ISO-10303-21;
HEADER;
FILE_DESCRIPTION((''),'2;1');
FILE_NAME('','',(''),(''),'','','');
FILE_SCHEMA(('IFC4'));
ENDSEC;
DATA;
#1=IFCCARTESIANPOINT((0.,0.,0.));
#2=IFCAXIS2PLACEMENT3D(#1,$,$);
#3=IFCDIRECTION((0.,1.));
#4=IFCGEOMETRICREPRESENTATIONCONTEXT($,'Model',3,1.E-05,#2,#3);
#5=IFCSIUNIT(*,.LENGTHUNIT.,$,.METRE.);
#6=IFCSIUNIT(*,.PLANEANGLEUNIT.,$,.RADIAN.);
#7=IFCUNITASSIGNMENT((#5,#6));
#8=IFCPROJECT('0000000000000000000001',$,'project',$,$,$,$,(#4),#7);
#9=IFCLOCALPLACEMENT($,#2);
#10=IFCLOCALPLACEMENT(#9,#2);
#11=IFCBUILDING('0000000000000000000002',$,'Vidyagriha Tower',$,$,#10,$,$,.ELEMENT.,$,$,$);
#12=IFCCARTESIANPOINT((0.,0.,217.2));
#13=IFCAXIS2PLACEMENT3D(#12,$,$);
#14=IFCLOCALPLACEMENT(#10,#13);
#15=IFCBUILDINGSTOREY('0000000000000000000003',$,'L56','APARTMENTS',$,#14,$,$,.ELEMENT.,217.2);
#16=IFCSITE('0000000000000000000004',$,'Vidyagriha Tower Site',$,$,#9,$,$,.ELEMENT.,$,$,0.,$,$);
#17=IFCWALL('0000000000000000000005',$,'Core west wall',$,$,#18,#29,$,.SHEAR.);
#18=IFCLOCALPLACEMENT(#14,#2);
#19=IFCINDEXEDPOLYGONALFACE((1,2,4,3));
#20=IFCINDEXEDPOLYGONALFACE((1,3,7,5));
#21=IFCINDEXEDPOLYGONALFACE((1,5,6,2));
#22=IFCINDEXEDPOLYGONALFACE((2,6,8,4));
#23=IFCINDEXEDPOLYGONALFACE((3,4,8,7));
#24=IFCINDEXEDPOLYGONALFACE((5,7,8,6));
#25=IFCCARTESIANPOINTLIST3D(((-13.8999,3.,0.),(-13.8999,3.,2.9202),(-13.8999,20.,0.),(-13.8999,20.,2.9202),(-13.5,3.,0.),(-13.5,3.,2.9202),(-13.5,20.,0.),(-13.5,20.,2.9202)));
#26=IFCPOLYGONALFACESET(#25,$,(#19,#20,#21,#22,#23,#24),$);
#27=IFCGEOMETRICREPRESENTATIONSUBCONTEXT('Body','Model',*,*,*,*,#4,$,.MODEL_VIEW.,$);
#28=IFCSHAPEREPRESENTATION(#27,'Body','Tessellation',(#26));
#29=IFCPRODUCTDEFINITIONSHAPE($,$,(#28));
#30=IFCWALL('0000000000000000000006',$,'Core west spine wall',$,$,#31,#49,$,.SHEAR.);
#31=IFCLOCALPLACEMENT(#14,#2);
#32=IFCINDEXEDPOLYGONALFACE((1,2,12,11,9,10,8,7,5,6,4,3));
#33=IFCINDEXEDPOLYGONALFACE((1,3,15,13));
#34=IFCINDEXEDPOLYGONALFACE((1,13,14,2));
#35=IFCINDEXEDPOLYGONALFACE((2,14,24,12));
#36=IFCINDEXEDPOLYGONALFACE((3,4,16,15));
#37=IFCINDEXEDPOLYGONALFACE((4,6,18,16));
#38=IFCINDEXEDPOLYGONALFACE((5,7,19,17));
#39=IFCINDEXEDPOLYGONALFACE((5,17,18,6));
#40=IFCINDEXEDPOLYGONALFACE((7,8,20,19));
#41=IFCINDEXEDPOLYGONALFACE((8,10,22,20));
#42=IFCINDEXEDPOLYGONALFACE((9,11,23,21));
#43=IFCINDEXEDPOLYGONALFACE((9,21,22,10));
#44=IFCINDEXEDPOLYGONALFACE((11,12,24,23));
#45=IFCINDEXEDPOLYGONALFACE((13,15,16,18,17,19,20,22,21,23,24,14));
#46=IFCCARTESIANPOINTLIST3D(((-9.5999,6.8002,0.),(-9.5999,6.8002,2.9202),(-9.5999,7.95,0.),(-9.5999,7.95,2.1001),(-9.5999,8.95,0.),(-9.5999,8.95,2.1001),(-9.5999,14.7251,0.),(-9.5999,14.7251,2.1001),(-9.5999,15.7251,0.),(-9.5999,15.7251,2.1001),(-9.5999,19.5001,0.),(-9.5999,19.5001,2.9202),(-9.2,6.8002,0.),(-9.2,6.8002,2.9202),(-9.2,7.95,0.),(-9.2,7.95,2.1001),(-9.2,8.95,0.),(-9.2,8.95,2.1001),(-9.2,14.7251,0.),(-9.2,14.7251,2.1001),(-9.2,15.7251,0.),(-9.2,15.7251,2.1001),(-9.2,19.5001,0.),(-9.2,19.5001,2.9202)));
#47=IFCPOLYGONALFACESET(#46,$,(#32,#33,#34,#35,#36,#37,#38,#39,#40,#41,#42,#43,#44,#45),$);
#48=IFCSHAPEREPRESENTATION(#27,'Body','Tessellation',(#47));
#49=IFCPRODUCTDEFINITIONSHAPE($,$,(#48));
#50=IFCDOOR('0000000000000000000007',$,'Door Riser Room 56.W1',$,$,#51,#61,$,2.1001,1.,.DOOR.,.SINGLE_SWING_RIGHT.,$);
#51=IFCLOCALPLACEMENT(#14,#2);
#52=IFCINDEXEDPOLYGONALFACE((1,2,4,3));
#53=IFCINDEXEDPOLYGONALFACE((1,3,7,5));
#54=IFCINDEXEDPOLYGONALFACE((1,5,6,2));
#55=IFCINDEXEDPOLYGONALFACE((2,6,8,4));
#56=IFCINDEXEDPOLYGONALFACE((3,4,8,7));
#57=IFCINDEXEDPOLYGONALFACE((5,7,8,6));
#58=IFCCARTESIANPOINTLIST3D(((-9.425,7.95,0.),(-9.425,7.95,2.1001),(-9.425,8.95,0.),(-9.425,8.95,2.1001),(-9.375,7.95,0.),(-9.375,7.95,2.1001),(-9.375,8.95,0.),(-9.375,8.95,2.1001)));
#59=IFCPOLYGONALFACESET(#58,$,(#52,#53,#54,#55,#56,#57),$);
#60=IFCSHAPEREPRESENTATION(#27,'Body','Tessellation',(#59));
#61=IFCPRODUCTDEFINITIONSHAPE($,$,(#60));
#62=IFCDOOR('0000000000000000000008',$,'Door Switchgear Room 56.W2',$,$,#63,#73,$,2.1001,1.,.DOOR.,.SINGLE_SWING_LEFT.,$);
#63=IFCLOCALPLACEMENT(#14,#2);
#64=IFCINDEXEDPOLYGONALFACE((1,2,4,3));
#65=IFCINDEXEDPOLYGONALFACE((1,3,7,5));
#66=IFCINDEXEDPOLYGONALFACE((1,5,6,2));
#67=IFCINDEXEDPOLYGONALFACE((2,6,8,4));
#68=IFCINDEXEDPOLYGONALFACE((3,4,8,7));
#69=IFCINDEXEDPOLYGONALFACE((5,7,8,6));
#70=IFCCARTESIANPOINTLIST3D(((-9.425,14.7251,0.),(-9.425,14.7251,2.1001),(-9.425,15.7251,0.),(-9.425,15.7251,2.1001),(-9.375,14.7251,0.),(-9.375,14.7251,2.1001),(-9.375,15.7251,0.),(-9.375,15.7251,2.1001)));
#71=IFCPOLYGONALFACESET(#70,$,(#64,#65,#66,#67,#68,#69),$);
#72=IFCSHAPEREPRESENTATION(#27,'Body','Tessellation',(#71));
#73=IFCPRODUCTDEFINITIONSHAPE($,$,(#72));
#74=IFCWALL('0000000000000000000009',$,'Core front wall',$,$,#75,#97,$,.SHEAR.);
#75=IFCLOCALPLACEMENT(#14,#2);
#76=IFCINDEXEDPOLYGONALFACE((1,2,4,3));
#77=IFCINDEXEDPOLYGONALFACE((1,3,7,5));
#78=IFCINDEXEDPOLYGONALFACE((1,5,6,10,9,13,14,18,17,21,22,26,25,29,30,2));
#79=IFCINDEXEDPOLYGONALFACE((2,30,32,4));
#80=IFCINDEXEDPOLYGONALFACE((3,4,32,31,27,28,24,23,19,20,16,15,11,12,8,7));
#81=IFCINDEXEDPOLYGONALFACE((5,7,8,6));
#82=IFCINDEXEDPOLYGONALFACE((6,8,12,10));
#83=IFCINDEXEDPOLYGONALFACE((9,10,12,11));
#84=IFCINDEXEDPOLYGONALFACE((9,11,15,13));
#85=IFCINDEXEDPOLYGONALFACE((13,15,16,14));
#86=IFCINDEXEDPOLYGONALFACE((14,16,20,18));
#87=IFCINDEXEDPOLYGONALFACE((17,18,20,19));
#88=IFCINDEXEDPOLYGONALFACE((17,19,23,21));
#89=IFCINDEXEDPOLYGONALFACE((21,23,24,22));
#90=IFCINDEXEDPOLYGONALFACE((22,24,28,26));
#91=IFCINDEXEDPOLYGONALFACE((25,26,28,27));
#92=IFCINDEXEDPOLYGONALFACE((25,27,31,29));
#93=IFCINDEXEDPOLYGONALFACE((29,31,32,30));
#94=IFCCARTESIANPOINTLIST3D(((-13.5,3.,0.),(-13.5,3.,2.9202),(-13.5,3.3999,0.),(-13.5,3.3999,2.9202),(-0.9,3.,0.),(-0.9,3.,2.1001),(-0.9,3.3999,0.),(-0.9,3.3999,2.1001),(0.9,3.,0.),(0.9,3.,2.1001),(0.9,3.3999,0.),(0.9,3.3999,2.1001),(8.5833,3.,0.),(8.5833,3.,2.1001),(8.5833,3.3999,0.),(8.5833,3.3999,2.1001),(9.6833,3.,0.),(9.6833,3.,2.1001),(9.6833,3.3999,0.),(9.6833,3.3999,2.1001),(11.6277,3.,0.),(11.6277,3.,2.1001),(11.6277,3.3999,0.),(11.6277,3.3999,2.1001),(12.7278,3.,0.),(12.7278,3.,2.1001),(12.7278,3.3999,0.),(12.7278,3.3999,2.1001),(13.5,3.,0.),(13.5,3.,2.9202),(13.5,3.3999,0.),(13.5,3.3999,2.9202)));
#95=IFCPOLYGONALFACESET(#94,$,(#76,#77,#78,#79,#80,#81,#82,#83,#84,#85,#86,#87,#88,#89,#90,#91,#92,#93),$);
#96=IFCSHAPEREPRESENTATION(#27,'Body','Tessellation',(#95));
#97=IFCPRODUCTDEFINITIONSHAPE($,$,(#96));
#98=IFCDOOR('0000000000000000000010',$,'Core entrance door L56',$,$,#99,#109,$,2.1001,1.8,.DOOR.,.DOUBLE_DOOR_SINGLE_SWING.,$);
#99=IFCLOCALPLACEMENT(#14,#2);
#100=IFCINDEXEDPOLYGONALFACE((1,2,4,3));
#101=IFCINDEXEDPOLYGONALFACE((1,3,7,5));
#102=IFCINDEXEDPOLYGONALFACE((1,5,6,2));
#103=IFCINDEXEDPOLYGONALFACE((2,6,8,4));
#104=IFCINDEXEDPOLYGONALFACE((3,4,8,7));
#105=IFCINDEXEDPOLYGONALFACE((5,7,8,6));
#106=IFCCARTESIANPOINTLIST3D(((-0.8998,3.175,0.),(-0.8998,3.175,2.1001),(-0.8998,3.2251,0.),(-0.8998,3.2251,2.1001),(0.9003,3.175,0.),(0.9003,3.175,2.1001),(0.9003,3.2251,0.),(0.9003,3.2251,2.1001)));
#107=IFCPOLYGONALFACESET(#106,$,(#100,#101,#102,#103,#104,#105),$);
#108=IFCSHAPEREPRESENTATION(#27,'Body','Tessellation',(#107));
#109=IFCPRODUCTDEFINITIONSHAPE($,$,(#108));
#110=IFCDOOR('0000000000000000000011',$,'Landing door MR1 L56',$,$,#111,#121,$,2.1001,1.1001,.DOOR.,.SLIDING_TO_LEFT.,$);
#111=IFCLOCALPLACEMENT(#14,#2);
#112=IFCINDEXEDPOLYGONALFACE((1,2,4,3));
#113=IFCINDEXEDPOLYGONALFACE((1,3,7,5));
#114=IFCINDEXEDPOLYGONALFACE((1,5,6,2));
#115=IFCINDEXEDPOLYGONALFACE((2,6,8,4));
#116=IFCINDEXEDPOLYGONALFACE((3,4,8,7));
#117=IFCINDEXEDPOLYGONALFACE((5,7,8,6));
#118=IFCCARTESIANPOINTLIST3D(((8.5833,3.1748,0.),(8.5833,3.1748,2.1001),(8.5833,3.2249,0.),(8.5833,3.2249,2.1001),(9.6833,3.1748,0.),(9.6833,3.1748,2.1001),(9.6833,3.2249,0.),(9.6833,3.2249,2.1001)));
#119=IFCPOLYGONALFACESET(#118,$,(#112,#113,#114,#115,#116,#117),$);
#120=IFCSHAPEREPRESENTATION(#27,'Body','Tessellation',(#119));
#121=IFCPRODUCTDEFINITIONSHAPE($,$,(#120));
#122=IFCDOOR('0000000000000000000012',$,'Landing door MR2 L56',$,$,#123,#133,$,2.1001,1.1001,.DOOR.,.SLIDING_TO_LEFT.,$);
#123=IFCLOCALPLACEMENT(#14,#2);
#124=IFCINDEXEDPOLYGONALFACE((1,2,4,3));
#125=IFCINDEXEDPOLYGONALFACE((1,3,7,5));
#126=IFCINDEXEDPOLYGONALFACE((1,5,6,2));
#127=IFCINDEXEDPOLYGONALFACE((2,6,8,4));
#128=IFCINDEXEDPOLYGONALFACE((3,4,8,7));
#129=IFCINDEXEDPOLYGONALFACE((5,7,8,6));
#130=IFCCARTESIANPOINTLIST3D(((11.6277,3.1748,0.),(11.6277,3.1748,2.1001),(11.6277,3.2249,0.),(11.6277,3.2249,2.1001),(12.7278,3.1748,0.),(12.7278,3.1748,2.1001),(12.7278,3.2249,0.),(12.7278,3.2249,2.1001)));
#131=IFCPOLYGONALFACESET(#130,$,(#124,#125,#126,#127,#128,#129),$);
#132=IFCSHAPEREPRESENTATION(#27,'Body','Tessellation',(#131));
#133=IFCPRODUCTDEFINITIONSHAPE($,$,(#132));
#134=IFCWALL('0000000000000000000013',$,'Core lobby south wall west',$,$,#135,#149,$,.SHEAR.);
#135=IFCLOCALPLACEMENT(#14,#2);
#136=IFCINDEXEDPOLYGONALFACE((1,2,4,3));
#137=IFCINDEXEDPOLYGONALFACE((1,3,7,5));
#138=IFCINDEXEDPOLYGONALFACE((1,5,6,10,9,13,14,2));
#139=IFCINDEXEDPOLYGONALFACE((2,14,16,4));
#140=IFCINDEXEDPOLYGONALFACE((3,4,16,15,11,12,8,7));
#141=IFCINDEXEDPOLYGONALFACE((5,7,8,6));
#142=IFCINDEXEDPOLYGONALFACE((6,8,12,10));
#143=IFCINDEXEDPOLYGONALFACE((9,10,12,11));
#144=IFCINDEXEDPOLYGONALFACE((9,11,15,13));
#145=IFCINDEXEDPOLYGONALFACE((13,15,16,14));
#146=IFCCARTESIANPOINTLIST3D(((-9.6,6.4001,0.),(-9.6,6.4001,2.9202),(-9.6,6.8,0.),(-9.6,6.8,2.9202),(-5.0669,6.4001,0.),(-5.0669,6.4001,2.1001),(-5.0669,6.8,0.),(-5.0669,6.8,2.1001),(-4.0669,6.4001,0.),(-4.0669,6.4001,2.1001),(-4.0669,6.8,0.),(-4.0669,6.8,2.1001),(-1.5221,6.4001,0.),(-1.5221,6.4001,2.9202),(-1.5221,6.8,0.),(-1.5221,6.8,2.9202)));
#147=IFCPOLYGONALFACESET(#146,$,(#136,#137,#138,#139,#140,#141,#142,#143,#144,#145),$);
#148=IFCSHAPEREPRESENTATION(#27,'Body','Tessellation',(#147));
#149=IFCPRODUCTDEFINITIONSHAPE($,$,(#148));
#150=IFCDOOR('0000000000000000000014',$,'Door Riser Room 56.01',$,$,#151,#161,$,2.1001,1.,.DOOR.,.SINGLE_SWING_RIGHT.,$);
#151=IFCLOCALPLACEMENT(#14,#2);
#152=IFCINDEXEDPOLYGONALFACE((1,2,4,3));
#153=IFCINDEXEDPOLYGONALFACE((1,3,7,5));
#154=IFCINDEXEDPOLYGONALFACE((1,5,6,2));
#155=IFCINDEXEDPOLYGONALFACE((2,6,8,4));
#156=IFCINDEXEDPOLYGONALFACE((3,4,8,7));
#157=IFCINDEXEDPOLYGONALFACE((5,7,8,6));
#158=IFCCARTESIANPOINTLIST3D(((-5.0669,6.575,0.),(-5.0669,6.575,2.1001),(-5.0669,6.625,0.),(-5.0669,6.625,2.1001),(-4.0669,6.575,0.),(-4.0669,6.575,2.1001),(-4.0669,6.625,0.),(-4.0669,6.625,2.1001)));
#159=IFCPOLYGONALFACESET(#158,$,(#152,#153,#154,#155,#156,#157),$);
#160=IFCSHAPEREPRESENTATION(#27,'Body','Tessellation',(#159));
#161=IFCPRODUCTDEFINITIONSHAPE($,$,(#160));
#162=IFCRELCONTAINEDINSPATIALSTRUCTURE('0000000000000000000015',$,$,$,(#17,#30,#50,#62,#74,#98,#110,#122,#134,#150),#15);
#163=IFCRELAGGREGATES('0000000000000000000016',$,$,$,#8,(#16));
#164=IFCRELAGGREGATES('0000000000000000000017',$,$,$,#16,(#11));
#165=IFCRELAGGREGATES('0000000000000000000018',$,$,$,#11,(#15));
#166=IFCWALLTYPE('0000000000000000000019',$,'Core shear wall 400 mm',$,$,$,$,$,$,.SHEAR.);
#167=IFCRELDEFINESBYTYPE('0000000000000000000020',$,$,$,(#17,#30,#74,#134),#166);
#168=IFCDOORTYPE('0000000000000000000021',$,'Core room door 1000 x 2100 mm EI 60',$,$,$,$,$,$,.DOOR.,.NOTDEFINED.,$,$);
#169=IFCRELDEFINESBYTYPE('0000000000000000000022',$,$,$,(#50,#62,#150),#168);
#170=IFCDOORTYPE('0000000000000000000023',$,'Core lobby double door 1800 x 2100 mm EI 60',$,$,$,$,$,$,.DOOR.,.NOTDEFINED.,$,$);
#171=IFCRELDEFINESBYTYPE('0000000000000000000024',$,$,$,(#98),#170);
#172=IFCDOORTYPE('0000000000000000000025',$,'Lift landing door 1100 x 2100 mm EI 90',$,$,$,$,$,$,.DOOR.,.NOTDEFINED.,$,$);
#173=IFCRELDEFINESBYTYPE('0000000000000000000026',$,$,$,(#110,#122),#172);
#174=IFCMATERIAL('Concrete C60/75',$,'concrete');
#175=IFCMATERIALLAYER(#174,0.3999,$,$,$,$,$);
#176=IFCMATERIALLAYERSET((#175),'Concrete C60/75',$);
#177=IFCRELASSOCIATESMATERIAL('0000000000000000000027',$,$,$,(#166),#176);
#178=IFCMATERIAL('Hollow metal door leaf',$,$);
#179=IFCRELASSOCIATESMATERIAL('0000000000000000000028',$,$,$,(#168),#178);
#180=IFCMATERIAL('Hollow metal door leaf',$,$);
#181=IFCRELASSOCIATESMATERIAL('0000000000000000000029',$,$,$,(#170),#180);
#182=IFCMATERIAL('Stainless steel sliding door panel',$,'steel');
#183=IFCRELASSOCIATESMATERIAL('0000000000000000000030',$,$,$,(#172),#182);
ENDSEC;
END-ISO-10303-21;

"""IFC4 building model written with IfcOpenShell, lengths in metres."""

from ifc_helpers import new_model, si_unit, direction, frame, frame_2d, origin, place, context, subcontext, project, spatial, rectangle, extrude, material, layer, layer_set, type_object, element, fill, save


model = new_model("IFC4")

# Units and contexts
model_context = context("Model", 3, precision=1e-05, world=origin(), true_north=direction((0.0, 1.0)))
body_context = subcontext(model_context, "Body", "Model", "MODEL_VIEW")
ifc_project = project(units=[si_unit("LENGTHUNIT", "METRE"), si_unit("PLANEANGLEUNIT", "RADIAN")], contexts=[model_context])

# Site, building, storey
site_placement = place(None, origin())
site = spatial("IfcSite", under=ifc_project, at=site_placement, Name="Vidyagriha Tower Site", CompositionType="ELEMENT", RefElevation=0.0)
building_placement = place(site_placement, origin())
building = spatial("IfcBuilding", under=site, at=building_placement, Name="Vidyagriha Tower", CompositionType="ELEMENT")
storey_placement = place(building_placement, frame((0.0, 0.0, 217.2)))
storey = spatial("IfcBuildingStorey", under=building, at=storey_placement, Name="L56", Description="APARTMENTS", CompositionType="ELEMENT", Elevation=217.2)

# Wall
ifc_material_1 = material(Name="Concrete C60/75", Category="concrete")
ifc_layer_1 = layer(ifc_material_1, 0.3999)
ifc_layer_set_1 = layer_set([ifc_layer_1], Name="Concrete C60/75")
wall_type_1 = type_object("IfcWallType", Name="Core shear wall 400 mm", PredefinedType="SHEAR", material=ifc_layer_set_1)
wall_1_placement = place(storey_placement, frame((-13.7, 3.0, 0.0), z_axis=(0.0, 0.0, 1.0), x_axis=(0.0, 1.0, 0.0)))
element("IfcWall", 1, at=wall_1_placement, inside=storey, type_object=wall_type_1, Name="Core west wall", PredefinedType="SHEAR", context=body_context, shape_type="SweptSolid", body=[
    extrude(rectangle(XDim=17.0, YDim=0.3999, at=frame_2d((8.5, 0.0))), origin(), (0.0, 0.0, 1.0), 2.9202),
])

# Walls, openings, doors
wall_2_placement = place(storey_placement, frame((-9.3999, 6.8, 0.0), z_axis=(0.0, 0.0, 1.0), x_axis=(0.0, 1.0, 0.0)))
wall_2 = element("IfcWall", 2, at=wall_2_placement, inside=storey, type_object=wall_type_1, Name="Core west spine wall", PredefinedType="SHEAR", context=body_context, shape_type="SweptSolid", body=[
    extrude(rectangle(XDim=12.7, YDim=0.3999, at=frame_2d((6.3501, 0.0))), origin(), (0.0, 0.0, 1.0), 2.9202),
])
opening_1_placement = place(wall_2_placement, frame((1.1499, 0.0, 0.0)))
opening_1 = element("IfcOpeningElement", 3, at=opening_1_placement, cuts=wall_2, PredefinedType="OPENING", context=body_context, shape_type="SweptSolid", body=[
    extrude(rectangle(XDim=1.0, YDim=2.1001, at=frame_2d((0.5, 1.05))), frame((0.0, 0.21, 0.0), z_axis=(0.0, -1.0, 0.0), x_axis=(1.0, 0.0, 0.0)), (0.0, 0.0, 1.0), 0.4199),
])
opening_2_placement = place(wall_2_placement, frame((7.925, 0.0, 0.0)))
opening_2 = element("IfcOpeningElement", 4, at=opening_2_placement, cuts=wall_2, PredefinedType="OPENING", context=body_context, shape_type="SweptSolid", body=[
    extrude(rectangle(XDim=1.0, YDim=2.1001, at=frame_2d((0.5, 1.05))), frame((0.0, 0.21, 0.0), z_axis=(0.0, -1.0, 0.0), x_axis=(1.0, 0.0, 0.0)), (0.0, 0.0, 1.0), 0.4199),
])
ifc_material_2 = material(Name="Hollow metal door leaf")
door_type_1 = type_object("IfcDoorType", Name="Core room door 1000 x 2100 mm EI 60", OperationType="NOTDEFINED", PredefinedType="DOOR", material=ifc_material_2)
door_1_placement = place(opening_1_placement, frame((1.0, 0.0, 0.0), z_axis=(0.0, 0.0, 1.0), x_axis=(-1.0, 0.0, 0.0)))
door_1 = element("IfcDoor", 5, at=door_1_placement, inside=storey, type_object=door_type_1, Name="Door Riser Room 56.W1", OperationType="SINGLE_SWING_RIGHT", OverallHeight=2.1001, OverallWidth=1.0, PredefinedType="DOOR", context=body_context, shape_type="SweptSolid", body=[
    extrude(rectangle(XDim=1.0, YDim=2.1001, at=frame_2d((0.5, 1.05))), frame((0.0, 0.0249, 0.0), z_axis=(0.0, -1.0, 0.0), x_axis=(1.0, 0.0, 0.0)), (0.0, 0.0, 1.0), 0.05),
])
fill(opening_1, door_1)
door_2_placement = place(opening_2_placement, frame((1.0, 0.0, 0.0), z_axis=(0.0, 0.0, 1.0), x_axis=(-1.0, 0.0, 0.0)))
door_2 = element("IfcDoor", 6, at=door_2_placement, inside=storey, type_object=door_type_1, Name="Door Switchgear Room 56.W2", OperationType="SINGLE_SWING_LEFT", OverallHeight=2.1001, OverallWidth=1.0, PredefinedType="DOOR", context=body_context, shape_type="SweptSolid", body=[
    extrude(rectangle(XDim=1.0, YDim=2.1001, at=frame_2d((0.5, 1.05))), frame((0.0, 0.0249, 0.0), z_axis=(0.0, -1.0, 0.0), x_axis=(1.0, 0.0, 0.0)), (0.0, 0.0, 1.0), 0.05),
])
fill(opening_2, door_2)
wall_3_placement = place(storey_placement, frame((-13.5, 3.2, 0.0)))
wall_3 = element("IfcWall", 7, at=wall_3_placement, inside=storey, type_object=wall_type_1, Name="Core front wall", PredefinedType="SHEAR", context=body_context, shape_type="SweptSolid", body=[
    extrude(rectangle(XDim=27.0, YDim=0.3999, at=frame_2d((13.5, 0.0))), origin(), (0.0, 0.0, 1.0), 2.9202),
])
opening_3_placement = place(wall_3_placement, frame((22.0833, 0.0, 0.0)))
opening_3 = element("IfcOpeningElement", 8, at=opening_3_placement, cuts=wall_3, PredefinedType="OPENING", context=body_context, shape_type="SweptSolid", body=[
    extrude(rectangle(XDim=1.1001, YDim=2.1001, at=frame_2d((0.55, 1.05))), frame((0.0, 0.21, 0.0), z_axis=(0.0, -1.0, 0.0), x_axis=(1.0, 0.0, 0.0)), (0.0, 0.0, 1.0), 0.4199),
])
opening_4_placement = place(wall_3_placement, frame((25.1277, 0.0, 0.0)))
opening_4 = element("IfcOpeningElement", 9, at=opening_4_placement, cuts=wall_3, PredefinedType="OPENING", context=body_context, shape_type="SweptSolid", body=[
    extrude(rectangle(XDim=1.1001, YDim=2.1001, at=frame_2d((0.55, 1.05))), frame((0.0, 0.21, 0.0), z_axis=(0.0, -1.0, 0.0), x_axis=(1.0, 0.0, 0.0)), (0.0, 0.0, 1.0), 0.4199),
])
opening_5_placement = place(wall_3_placement, frame((12.6001, 0.0, 0.0)))
opening_5 = element("IfcOpeningElement", 10, at=opening_5_placement, cuts=wall_3, PredefinedType="OPENING", context=body_context, shape_type="SweptSolid", body=[
    extrude(rectangle(XDim=1.8, YDim=2.1001, at=frame_2d((0.8999, 1.05))), frame((0.0, 0.21, 0.0), z_axis=(0.0, -1.0, 0.0), x_axis=(1.0, 0.0, 0.0)), (0.0, 0.0, 1.0), 0.4199),
])
ifc_material_3 = material(Name="Hollow metal door leaf")
door_type_2 = type_object("IfcDoorType", Name="Core lobby double door 1800 x 2100 mm EI 60", OperationType="NOTDEFINED", PredefinedType="DOOR", material=ifc_material_3)
door_3_placement = place(opening_5_placement, frame((1.8, 0.0, 0.0), z_axis=(0.0, 0.0, 1.0), x_axis=(-1.0, 0.0, 0.0)))
door_3 = element("IfcDoor", 11, at=door_3_placement, inside=storey, type_object=door_type_2, Name="Core entrance door L56", OperationType="DOUBLE_DOOR_SINGLE_SWING", OverallHeight=2.1001, OverallWidth=1.8, PredefinedType="DOOR", context=body_context, shape_type="SweptSolid", body=[
    extrude(rectangle(XDim=1.8, YDim=2.1001, at=frame_2d((0.8999, 1.05))), frame((0.0, 0.0249, 0.0), z_axis=(0.0, -1.0, 0.0), x_axis=(1.0, 0.0, 0.0)), (0.0, 0.0, 1.0), 0.05),
])
fill(opening_5, door_3)
ifc_material_4 = material(Name="Stainless steel sliding door panel", Category="steel")
door_type_3 = type_object("IfcDoorType", Name="Lift landing door 1100 x 2100 mm EI 90", OperationType="NOTDEFINED", PredefinedType="DOOR", material=ifc_material_4)
door_4_placement = place(opening_3_placement, origin())
door_4 = element("IfcDoor", 12, at=door_4_placement, inside=storey, type_object=door_type_3, Name="Landing door MR1 L56", OperationType="SLIDING_TO_LEFT", OverallHeight=2.1001, OverallWidth=1.1001, PredefinedType="DOOR", context=body_context, shape_type="SweptSolid", body=[
    extrude(rectangle(XDim=1.1001, YDim=2.1001, at=frame_2d((0.55, 1.05))), frame((0.0, 0.0249, 0.0), z_axis=(0.0, -1.0, 0.0), x_axis=(1.0, 0.0, 0.0)), (0.0, 0.0, 1.0), 0.05),
])
fill(opening_3, door_4)
door_5_placement = place(opening_4_placement, origin())
door_5 = element("IfcDoor", 13, at=door_5_placement, inside=storey, type_object=door_type_3, Name="Landing door MR2 L56", OperationType="SLIDING_TO_LEFT", OverallHeight=2.1001, OverallWidth=1.1001, PredefinedType="DOOR", context=body_context, shape_type="SweptSolid", body=[
    extrude(rectangle(XDim=1.1001, YDim=2.1001, at=frame_2d((0.55, 1.05))), frame((0.0, 0.0249, 0.0), z_axis=(0.0, -1.0, 0.0), x_axis=(1.0, 0.0, 0.0)), (0.0, 0.0, 1.0), 0.05),
])
fill(opening_4, door_5)

# Wall, opening, door
wall_4_placement = place(storey_placement, frame((-9.6001, 6.6001, 0.0)))
wall_4 = element("IfcWall", 14, at=wall_4_placement, inside=storey, type_object=wall_type_1, Name="Core lobby south wall west", PredefinedType="SHEAR", context=body_context, shape_type="SweptSolid", body=[
    extrude(rectangle(XDim=8.0779, YDim=0.3999, at=frame_2d((4.0391, 0.0))), origin(), (0.0, 0.0, 1.0), 2.9202),
])
opening_6_placement = place(wall_4_placement, frame((4.5332, 0.0, 0.0)))
opening_6 = element("IfcOpeningElement", 15, at=opening_6_placement, cuts=wall_4, PredefinedType="OPENING", context=body_context, shape_type="SweptSolid", body=[
    extrude(rectangle(XDim=1.0, YDim=2.1001, at=frame_2d((0.5, 1.05))), frame((0.0, 0.21, 0.0), z_axis=(0.0, -1.0, 0.0), x_axis=(1.0, 0.0, 0.0)), (0.0, 0.0, 1.0), 0.4199),
])
door_6_placement = place(opening_6_placement, origin())
door_6 = element("IfcDoor", 16, at=door_6_placement, inside=storey, type_object=door_type_1, Name="Door Riser Room 56.01", OperationType="SINGLE_SWING_RIGHT", OverallHeight=2.1001, OverallWidth=1.0, PredefinedType="DOOR", context=body_context, shape_type="SweptSolid", body=[
    extrude(rectangle(XDim=1.0, YDim=2.1001, at=frame_2d((0.5, 1.05))), frame((0.0, 0.0249, 0.0), z_axis=(0.0, -1.0, 0.0), x_axis=(1.0, 0.0, 0.0)), (0.0, 0.0, 1.0), 0.05),
])
fill(opening_6, door_6)

save(model, "model.ifc")
